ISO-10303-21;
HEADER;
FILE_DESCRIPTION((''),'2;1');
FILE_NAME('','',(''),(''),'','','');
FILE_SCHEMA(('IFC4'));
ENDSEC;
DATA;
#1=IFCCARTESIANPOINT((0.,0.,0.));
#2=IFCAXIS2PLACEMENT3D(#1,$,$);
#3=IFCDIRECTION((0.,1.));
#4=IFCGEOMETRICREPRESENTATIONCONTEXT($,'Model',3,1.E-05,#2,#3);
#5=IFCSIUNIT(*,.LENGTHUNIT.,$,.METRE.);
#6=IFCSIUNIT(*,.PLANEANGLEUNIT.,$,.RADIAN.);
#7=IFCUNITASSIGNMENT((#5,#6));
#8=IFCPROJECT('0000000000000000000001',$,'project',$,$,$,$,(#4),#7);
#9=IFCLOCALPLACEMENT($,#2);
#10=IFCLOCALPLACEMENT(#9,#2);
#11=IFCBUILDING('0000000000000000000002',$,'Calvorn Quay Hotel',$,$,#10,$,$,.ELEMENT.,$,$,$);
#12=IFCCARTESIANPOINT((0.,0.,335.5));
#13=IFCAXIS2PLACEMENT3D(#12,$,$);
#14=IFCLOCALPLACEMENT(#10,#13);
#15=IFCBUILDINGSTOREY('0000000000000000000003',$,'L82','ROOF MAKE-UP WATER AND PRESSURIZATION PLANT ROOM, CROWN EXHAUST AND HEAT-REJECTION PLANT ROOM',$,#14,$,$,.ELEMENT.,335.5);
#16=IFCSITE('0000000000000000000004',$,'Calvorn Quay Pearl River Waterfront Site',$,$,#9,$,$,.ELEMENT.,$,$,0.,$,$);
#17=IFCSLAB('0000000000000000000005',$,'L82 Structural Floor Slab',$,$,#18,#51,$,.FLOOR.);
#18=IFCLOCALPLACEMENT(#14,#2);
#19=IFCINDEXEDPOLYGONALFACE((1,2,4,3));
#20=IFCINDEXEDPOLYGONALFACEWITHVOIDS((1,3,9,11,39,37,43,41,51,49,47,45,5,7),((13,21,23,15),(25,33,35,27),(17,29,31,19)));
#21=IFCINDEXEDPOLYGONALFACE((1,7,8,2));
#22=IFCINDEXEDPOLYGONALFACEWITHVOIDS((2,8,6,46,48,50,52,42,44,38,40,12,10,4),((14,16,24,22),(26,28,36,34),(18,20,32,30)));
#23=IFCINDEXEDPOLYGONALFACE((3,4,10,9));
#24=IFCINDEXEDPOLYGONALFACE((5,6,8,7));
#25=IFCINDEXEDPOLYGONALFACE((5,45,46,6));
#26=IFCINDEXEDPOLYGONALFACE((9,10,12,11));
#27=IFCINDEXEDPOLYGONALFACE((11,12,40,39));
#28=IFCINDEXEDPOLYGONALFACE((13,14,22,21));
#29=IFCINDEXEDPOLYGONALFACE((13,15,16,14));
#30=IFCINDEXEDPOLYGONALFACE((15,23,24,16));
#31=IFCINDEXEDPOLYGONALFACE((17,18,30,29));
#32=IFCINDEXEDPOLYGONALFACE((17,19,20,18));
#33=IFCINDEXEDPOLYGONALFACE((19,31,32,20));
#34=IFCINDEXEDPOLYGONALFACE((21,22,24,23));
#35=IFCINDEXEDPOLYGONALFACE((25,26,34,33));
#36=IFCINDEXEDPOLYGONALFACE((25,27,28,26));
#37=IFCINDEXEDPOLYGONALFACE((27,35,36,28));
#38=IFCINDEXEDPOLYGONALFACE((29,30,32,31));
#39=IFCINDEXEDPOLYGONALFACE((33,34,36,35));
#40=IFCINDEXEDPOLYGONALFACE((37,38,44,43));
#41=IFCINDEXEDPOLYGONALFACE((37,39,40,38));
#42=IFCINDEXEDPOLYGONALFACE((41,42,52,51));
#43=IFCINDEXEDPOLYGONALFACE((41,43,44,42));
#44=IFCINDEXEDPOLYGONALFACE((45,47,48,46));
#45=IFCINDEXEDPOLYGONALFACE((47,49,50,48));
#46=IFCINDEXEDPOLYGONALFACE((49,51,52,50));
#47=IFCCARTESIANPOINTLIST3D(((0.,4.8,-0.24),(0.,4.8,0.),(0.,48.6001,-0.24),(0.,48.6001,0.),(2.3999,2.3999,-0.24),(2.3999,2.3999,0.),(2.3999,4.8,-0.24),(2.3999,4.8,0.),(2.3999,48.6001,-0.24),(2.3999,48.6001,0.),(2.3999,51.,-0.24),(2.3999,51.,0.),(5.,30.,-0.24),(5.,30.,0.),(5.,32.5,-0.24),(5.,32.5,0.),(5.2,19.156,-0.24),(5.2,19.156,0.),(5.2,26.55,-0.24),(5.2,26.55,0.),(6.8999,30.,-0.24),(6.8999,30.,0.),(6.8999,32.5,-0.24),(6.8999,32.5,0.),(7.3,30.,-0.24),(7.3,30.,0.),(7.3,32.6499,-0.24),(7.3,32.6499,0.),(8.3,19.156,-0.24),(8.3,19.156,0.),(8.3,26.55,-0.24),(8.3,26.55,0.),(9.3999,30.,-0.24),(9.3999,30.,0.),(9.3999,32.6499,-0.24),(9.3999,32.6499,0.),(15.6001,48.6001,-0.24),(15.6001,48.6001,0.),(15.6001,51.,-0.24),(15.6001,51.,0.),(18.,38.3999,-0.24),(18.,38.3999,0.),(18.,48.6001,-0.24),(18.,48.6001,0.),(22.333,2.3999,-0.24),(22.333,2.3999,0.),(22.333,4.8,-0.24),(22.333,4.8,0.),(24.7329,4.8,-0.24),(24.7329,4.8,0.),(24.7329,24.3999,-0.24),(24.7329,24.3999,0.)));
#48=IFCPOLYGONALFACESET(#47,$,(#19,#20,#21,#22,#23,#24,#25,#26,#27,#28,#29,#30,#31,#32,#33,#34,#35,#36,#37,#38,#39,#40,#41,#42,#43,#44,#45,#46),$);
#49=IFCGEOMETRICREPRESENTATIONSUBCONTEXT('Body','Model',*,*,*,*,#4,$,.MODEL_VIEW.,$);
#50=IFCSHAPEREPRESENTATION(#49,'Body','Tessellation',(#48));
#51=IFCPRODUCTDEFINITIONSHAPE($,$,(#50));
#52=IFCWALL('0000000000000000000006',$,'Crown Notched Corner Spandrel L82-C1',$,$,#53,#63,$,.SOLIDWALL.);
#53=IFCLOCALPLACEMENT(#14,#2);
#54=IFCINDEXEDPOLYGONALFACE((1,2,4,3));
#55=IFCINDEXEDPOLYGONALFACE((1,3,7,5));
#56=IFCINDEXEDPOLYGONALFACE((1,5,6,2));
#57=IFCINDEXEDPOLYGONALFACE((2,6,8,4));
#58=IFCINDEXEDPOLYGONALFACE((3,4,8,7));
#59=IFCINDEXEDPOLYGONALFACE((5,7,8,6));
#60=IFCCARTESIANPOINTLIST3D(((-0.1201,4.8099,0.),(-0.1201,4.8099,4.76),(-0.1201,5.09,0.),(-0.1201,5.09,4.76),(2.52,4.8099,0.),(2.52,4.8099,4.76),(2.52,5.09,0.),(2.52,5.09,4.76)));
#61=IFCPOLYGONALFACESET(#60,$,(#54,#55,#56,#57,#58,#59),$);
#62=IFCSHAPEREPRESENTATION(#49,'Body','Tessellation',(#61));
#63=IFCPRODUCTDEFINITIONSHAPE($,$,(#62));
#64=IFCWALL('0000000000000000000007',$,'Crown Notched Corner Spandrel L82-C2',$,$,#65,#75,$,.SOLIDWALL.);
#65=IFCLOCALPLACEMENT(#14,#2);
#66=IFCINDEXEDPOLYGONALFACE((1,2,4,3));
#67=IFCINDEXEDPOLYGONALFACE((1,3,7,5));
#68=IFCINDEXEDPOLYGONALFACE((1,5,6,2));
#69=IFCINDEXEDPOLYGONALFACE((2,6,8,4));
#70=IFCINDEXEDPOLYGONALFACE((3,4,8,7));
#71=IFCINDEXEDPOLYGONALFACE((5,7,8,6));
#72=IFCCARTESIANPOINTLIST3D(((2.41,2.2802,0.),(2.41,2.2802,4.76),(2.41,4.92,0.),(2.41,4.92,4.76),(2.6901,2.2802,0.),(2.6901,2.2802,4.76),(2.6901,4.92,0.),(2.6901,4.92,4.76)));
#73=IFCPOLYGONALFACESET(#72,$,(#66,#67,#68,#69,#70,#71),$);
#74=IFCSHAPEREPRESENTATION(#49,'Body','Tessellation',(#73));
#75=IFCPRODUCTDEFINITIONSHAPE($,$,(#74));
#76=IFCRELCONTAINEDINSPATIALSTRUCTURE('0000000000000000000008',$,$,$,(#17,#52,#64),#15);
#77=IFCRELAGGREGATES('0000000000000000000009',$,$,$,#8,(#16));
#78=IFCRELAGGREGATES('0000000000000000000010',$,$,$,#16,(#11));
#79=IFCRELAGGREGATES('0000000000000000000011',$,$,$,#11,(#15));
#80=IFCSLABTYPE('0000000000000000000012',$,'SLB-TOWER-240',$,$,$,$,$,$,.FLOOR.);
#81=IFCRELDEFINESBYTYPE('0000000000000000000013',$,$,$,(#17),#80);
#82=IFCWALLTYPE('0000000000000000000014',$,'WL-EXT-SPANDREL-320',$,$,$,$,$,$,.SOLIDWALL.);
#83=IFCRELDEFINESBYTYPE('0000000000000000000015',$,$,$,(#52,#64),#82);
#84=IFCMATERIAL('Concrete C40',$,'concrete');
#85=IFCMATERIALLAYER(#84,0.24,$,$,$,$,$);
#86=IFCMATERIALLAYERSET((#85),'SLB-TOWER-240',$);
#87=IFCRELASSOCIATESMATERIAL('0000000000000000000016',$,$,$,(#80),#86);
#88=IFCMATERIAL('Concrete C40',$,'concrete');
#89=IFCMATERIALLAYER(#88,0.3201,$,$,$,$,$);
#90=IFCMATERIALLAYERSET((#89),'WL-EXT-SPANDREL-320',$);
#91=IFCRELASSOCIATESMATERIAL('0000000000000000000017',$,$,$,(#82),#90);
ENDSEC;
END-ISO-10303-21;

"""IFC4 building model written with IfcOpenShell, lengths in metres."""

from ifc_helpers import new_model, si_unit, direction, frame, frame_2d, origin, place, context, subcontext, project, spatial, polyline, rectangle, outline, extrude, material, layer, layer_set, type_object, element, save


model = new_model("IFC4")

# Units and contexts
model_context = context("Model", 3, precision=1e-05, world=origin(), true_north=direction((0.0, 1.0)))
body_context = subcontext(model_context, "Body", "Model", "MODEL_VIEW")
ifc_project = project(units=[si_unit("LENGTHUNIT", "METRE"), si_unit("PLANEANGLEUNIT", "RADIAN")], contexts=[model_context])

# Site, building, storey
site_placement = place(None, origin())
site = spatial("IfcSite", under=ifc_project, at=site_placement, Name="Calvorn Quay Pearl River Waterfront Site", CompositionType="ELEMENT", RefElevation=0.0)
building_placement = place(site_placement, origin())
building = spatial("IfcBuilding", under=site, at=building_placement, Name="Calvorn Quay Hotel", CompositionType="ELEMENT")
storey_placement = place(building_placement, frame((0.0, 0.0, 335.5)))
storey = spatial("IfcBuildingStorey", under=building, at=storey_placement, Name="L82", Description="ROOF MAKE-UP WATER AND PRESSURIZATION PLANT ROOM, CROWN EXHAUST AND HEAT-REJECTION PLANT ROOM", CompositionType="ELEMENT", Elevation=335.5)

# Slab
ifc_material_1 = material(Name="Concrete C40", Category="concrete")
ifc_layer_1 = layer(ifc_material_1, 0.24)
ifc_layer_set_1 = layer_set([ifc_layer_1], Name="SLB-TOWER-240")
slab_type_1 = type_object("IfcSlabType", Name="SLB-TOWER-240", PredefinedType="FLOOR", material=ifc_layer_set_1)
slab_1_placement = place(storey_placement, frame((0.0, 0.0, -0.24)))
element("IfcSlab", 1, at=slab_1_placement, inside=storey, type_object=slab_type_1, Name="L82 Structural Floor Slab", PredefinedType="FLOOR", context=body_context, shape_type="SweptSolid", body=[
    extrude(outline(polyline([(0.0, 4.8), (2.3999, 4.8), (2.3999, 2.3999), (22.333, 2.3999), (22.333, 4.8), (24.7329, 4.8), (24.7329, 24.3999), (18.0, 38.3999), (18.0, 48.6001), (15.6001, 48.6001), (15.6001, 51.0), (2.3999, 51.0), (2.3999, 48.6001), (0.0, 48.6001), (0.0, 4.8)]), holes=[polyline([(5.2, 19.156), (8.3, 19.156), (8.3, 26.55), (5.2, 26.55), (5.2, 19.156)]), polyline([(5.0, 30.0), (6.8999, 30.0), (6.8999, 32.5), (5.0, 32.5), (5.0, 30.0)]), polyline([(7.3, 30.0), (9.3999, 30.0), (9.3999, 32.6499), (7.3, 32.6499), (7.3, 30.0)])]), origin(), (0.0, 0.0, 1.0), 0.24),
])

# Walls
ifc_material_2 = material(Name="Concrete C40", Category="concrete")
ifc_layer_2 = layer(ifc_material_2, 0.3201)
ifc_layer_set_2 = layer_set([ifc_layer_2], Name="WL-EXT-SPANDREL-320")
wall_type = type_object("IfcWallType", Name="WL-EXT-SPANDREL-320", PredefinedType="SOLIDWALL", material=ifc_layer_set_2)
wall_1_placement = place(storey_placement, frame((-0.1201, 4.95, 0.0), z_axis=(0.0, 0.0, 1.0), x_axis=(1.0, 0.0, 0.0)))
element("IfcWall", 2, at=wall_1_placement, inside=storey, type_object=wall_type, Name="Crown Notched Corner Spandrel L82-C1", PredefinedType="SOLIDWALL", context=body_context, shape_type="SweptSolid", body=[
    extrude(rectangle(XDim=2.6401, YDim=0.28, at=frame_2d((1.3201, 0.0))), origin(), (0.0, 0.0, 1.0), 4.76),
])
wall_2_placement = place(storey_placement, frame((2.55, 4.9199, 0.0), z_axis=(0.0, 0.0, 1.0), x_axis=(0.0, -1.0, 0.0)))
element("IfcWall", 3, at=wall_2_placement, inside=storey, type_object=wall_type, Name="Crown Notched Corner Spandrel L82-C2", PredefinedType="SOLIDWALL", context=body_context, shape_type="SweptSolid", body=[
    extrude(rectangle(XDim=2.6399, YDim=0.28, at=frame_2d((1.3198, 0.0))), origin(), (0.0, 0.0, 1.0), 4.76),
])

save(model, "model.ifc")
